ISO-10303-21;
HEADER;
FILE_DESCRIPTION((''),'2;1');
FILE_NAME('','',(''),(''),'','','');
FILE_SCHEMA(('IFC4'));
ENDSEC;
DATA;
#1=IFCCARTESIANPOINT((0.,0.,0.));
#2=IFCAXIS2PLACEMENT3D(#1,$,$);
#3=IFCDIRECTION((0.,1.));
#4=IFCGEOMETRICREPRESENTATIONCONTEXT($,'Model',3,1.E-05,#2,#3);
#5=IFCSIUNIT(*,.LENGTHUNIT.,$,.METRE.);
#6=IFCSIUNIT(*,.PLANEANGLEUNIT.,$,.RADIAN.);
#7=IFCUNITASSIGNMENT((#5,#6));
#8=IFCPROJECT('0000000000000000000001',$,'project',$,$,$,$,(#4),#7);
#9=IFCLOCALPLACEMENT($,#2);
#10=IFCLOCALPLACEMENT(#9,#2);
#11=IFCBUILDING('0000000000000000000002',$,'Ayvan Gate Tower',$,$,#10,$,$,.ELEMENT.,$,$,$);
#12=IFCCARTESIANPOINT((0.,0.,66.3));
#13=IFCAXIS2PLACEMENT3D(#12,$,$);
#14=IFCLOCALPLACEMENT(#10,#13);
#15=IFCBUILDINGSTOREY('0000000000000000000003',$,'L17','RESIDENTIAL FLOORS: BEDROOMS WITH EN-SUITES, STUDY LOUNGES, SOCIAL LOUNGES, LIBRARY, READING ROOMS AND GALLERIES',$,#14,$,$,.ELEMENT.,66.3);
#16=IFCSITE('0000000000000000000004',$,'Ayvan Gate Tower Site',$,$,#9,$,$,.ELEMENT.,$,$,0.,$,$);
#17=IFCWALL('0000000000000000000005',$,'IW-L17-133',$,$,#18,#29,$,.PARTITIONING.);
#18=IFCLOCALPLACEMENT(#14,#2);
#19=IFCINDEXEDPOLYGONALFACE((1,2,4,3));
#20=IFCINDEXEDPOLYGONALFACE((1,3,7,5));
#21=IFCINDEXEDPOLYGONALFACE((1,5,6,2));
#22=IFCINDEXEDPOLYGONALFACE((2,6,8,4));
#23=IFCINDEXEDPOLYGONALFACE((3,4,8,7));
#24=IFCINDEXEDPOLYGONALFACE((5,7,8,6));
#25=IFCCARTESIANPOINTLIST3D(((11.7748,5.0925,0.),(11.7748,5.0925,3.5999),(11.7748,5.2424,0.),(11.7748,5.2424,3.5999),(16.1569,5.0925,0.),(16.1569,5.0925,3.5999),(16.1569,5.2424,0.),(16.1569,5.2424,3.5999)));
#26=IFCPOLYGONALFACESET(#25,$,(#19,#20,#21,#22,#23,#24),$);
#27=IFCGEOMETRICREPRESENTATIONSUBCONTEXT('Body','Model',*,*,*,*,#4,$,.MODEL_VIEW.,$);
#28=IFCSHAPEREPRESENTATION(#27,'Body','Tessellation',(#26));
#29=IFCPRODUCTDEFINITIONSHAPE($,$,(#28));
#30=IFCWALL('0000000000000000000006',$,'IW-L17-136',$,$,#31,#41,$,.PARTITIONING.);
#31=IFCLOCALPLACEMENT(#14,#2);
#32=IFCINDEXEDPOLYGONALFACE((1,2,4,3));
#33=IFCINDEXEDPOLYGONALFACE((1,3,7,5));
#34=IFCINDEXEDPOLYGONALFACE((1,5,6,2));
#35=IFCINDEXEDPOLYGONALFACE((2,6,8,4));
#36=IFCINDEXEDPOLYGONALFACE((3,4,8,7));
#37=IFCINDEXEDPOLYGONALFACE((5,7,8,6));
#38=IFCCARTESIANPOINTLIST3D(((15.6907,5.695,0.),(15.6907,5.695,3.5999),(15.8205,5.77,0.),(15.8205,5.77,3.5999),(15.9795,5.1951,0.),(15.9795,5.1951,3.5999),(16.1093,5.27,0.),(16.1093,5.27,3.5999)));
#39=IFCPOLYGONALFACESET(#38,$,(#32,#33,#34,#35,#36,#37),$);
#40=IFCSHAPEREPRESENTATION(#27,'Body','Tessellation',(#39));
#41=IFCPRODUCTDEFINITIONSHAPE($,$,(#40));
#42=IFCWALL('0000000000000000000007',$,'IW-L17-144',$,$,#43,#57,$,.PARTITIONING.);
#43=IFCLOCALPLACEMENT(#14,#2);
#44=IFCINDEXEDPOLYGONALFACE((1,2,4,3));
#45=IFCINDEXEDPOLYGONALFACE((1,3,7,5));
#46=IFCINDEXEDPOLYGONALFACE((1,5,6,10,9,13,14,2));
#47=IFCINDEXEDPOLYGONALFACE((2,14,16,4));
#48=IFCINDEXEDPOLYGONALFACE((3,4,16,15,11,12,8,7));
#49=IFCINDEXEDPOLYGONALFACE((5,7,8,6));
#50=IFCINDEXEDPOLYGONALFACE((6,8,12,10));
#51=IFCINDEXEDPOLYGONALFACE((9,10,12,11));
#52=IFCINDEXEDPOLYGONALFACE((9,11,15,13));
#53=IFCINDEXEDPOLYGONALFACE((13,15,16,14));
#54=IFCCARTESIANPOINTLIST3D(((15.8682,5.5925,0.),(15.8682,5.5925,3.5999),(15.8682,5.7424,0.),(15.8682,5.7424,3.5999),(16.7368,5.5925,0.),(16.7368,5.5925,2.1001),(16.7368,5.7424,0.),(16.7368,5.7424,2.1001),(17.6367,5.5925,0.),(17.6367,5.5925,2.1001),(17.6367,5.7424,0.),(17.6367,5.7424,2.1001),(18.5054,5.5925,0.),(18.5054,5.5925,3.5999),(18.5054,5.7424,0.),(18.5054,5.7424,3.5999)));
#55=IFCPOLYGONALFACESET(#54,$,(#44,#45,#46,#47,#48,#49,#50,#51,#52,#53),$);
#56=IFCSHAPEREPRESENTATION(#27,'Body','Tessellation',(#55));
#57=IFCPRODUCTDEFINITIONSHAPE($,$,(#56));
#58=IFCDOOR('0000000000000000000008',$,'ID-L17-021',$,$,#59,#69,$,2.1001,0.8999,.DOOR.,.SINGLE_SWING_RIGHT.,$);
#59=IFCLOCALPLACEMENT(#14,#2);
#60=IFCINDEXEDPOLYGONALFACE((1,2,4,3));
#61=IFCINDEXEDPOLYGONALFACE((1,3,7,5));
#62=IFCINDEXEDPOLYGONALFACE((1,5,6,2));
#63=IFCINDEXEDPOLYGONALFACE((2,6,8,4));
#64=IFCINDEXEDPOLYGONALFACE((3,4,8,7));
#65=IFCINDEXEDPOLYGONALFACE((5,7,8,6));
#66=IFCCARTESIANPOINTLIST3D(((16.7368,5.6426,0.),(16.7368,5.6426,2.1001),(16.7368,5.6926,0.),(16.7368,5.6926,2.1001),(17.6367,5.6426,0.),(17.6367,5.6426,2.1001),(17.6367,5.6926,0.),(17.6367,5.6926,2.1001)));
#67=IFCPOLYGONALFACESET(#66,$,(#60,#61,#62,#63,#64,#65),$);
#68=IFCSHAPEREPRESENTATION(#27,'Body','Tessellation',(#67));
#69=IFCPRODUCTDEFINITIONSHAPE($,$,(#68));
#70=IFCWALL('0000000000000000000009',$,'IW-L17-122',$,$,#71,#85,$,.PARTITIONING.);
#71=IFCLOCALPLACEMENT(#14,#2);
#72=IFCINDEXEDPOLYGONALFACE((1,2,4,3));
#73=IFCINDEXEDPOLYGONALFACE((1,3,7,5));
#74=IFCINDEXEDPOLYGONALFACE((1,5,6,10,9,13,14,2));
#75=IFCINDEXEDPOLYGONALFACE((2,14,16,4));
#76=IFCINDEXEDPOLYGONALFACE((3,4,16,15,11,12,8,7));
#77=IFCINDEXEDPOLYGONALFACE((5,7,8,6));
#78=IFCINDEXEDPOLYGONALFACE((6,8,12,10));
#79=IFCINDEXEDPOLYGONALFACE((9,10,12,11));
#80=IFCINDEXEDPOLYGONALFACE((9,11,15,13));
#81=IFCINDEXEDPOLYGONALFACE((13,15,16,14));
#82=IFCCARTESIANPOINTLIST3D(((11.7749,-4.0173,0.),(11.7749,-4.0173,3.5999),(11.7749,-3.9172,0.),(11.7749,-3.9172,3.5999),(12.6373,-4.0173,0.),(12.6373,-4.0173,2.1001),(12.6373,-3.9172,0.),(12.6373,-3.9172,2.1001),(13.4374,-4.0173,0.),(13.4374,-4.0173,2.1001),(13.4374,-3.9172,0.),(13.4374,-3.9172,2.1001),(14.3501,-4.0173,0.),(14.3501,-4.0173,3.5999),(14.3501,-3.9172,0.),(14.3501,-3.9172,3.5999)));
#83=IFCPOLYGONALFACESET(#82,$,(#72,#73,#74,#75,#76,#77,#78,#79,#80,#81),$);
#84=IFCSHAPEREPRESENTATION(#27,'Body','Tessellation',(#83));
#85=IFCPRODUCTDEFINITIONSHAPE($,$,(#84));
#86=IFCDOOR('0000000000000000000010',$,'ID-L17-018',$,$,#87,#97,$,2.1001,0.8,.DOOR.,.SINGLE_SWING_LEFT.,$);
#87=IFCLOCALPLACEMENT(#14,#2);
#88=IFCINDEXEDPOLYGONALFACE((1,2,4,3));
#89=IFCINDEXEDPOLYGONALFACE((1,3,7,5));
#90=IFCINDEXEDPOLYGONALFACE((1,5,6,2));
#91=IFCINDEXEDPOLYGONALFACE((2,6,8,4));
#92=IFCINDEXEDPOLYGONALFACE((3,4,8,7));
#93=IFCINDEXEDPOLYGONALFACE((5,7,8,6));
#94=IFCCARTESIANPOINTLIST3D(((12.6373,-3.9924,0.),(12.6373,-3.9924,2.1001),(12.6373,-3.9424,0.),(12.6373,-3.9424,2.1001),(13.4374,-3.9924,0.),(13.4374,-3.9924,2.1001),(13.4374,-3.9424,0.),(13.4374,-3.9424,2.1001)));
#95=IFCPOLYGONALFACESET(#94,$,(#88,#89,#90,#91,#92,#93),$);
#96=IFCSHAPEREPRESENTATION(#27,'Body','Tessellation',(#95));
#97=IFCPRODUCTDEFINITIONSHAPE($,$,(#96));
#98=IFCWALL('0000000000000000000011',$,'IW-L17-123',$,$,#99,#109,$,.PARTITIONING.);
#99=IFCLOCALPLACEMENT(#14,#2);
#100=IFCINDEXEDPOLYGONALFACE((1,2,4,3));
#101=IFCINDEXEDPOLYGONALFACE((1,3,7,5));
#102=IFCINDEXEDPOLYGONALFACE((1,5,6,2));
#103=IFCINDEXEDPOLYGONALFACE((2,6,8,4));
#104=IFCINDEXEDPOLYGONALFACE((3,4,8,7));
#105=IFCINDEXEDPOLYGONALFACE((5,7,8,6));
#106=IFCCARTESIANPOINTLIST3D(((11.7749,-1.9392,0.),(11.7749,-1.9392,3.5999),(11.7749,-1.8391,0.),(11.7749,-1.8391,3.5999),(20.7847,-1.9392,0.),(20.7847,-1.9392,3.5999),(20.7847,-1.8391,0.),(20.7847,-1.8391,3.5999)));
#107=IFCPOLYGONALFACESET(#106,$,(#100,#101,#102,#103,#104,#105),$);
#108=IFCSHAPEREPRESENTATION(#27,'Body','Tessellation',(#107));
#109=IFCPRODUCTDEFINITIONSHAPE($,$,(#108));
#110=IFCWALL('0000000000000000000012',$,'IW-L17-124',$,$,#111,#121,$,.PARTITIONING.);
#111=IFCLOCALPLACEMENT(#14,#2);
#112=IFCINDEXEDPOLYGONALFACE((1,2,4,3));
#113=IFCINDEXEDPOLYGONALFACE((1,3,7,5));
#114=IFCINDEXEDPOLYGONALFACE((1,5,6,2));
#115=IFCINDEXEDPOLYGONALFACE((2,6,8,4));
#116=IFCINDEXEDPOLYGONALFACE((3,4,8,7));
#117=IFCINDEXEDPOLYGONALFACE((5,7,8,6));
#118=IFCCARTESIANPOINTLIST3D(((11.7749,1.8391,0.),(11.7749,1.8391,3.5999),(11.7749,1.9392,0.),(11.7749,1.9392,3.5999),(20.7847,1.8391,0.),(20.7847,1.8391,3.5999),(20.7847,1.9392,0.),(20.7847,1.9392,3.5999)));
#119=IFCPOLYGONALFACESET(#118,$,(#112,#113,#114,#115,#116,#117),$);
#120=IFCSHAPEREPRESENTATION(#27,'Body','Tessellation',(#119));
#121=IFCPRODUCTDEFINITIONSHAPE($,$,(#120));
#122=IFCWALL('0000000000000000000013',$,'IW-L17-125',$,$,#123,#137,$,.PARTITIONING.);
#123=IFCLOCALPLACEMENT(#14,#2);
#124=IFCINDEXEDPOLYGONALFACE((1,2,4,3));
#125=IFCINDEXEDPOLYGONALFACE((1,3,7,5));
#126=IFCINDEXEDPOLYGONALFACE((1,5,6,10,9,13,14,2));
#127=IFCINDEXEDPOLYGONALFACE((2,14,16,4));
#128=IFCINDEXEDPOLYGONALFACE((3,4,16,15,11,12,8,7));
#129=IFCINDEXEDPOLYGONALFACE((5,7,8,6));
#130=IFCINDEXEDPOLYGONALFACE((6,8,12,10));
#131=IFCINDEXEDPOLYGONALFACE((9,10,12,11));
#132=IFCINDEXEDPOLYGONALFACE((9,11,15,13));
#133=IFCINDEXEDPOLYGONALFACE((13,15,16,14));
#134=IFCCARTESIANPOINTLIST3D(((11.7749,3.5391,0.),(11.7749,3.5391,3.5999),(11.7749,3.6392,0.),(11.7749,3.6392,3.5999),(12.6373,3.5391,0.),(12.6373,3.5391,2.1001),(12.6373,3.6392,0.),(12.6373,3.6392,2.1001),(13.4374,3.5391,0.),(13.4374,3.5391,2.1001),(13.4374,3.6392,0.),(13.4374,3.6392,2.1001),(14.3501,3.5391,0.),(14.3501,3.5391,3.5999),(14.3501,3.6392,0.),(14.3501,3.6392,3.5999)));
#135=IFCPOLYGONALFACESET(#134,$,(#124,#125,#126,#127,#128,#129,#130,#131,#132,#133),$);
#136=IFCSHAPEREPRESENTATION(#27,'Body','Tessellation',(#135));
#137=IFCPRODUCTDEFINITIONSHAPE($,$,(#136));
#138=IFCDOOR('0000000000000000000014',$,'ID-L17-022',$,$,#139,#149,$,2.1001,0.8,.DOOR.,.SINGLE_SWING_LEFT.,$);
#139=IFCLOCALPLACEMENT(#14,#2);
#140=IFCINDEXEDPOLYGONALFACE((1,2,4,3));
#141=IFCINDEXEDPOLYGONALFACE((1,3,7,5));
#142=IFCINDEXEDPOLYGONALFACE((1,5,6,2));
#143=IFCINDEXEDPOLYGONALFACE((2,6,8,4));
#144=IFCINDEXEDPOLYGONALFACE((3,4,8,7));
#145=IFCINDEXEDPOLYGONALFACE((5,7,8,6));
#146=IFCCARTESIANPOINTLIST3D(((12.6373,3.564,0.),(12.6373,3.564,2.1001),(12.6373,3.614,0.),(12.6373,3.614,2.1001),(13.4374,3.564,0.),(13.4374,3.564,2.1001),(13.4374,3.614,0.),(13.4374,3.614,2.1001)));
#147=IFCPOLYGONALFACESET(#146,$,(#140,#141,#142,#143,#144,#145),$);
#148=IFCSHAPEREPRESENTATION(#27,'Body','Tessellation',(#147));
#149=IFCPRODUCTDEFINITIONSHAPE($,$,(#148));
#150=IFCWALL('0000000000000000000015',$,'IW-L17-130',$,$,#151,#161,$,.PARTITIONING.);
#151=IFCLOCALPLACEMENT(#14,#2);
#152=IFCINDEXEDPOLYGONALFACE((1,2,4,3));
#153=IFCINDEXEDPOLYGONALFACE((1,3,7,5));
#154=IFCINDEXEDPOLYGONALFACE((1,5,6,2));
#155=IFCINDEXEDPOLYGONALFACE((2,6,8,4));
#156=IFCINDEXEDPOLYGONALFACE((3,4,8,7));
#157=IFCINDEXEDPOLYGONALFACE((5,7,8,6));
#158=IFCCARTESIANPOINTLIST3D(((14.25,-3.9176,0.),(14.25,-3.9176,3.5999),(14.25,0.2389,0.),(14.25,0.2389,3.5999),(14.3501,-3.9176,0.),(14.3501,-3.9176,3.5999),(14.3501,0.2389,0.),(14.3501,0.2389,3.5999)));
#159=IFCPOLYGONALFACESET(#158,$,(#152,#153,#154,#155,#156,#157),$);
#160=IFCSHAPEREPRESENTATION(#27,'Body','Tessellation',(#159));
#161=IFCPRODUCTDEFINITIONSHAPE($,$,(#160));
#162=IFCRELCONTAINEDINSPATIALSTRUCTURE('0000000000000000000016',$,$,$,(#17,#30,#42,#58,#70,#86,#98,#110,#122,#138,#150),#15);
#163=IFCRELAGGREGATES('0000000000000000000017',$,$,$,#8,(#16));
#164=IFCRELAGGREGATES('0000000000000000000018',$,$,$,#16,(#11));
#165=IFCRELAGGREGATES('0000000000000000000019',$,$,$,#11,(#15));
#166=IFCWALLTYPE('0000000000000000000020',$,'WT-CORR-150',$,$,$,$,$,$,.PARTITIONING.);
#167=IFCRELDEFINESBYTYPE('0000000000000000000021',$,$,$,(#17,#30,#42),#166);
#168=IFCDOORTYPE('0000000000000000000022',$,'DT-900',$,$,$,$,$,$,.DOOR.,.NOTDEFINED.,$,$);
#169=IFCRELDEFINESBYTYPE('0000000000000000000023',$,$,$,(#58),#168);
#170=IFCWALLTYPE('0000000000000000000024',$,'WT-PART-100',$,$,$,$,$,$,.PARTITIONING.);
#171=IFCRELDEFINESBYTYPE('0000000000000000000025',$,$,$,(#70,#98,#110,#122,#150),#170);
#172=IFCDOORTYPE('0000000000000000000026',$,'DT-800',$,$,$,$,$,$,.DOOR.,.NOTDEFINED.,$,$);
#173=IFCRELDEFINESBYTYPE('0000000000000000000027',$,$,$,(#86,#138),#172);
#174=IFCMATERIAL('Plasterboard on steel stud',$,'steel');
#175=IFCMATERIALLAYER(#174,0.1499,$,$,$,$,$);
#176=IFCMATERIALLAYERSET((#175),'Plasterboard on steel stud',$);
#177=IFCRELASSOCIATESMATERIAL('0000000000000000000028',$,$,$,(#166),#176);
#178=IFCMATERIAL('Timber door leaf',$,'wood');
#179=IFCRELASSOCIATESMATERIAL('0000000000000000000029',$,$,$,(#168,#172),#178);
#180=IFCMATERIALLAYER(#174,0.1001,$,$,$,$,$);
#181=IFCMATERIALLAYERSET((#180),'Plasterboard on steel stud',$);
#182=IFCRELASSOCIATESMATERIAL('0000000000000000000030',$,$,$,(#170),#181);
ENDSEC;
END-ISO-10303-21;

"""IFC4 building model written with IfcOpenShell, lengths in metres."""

from ifc_helpers import new_model, si_unit, direction, frame, frame_2d, origin, place, context, subcontext, project, spatial, rectangle, extrude, material, layer, layer_set, type_object, element, fill, save


model = new_model("IFC4")

# Units and contexts
model_context = context("Model", 3, precision=1e-05, world=origin(), true_north=direction((0.0, 1.0)))
body_context = subcontext(model_context, "Body", "Model", "MODEL_VIEW")
ifc_project = project(units=[si_unit("LENGTHUNIT", "METRE"), si_unit("PLANEANGLEUNIT", "RADIAN")], contexts=[model_context])

# Site, building, storey
site_placement = place(None, origin())
site = spatial("IfcSite", under=ifc_project, at=site_placement, Name="Ayvan Gate Tower Site", CompositionType="ELEMENT", RefElevation=0.0)
building_placement = place(site_placement, origin())
building = spatial("IfcBuilding", under=site, at=building_placement, Name="Ayvan Gate Tower", CompositionType="ELEMENT")
storey_placement = place(building_placement, frame((0.0, 0.0, 66.3)))
storey = spatial("IfcBuildingStorey", under=building, at=storey_placement, Name="L17", Description="RESIDENTIAL FLOORS: BEDROOMS WITH EN-SUITES, STUDY LOUNGES, SOCIAL LOUNGES, LIBRARY, READING ROOMS AND GALLERIES", CompositionType="ELEMENT", Elevation=66.3)

# Walls
ifc_material_1 = material(Name="Plasterboard on steel stud", Category="steel")
ifc_layer_1 = layer(ifc_material_1, 0.1499)
ifc_layer_set_1 = layer_set([ifc_layer_1], Name="Plasterboard on steel stud")
wall_type_1 = type_object("IfcWallType", Name="WT-CORR-150", PredefinedType="PARTITIONING", material=ifc_layer_set_1)
wall_1_placement = place(storey_placement, frame((11.7749, 5.1675, 0.0), z_axis=(0.0, 0.0, 1.0), x_axis=(1.0, 0.0, 0.0)))
element("IfcWall", 1, at=wall_1_placement, inside=storey, type_object=wall_type_1, Name="IW-L17-133", PredefinedType="PARTITIONING", context=body_context, shape_type="SweptSolid", body=[
    extrude(rectangle(XDim=4.3821, YDim=0.1499, at=frame_2d((2.1909, 0.0))), origin(), (0.0, 0.0, 1.0), 3.5999),
])
wall_2_placement = place(storey_placement, frame((15.7556, 5.7324, 0.0), z_axis=(0.0, 0.0, 1.0), x_axis=(0.500186, -0.865918, 0.0)))
element("IfcWall", 2, at=wall_2_placement, inside=storey, type_object=wall_type_1, Name="IW-L17-136", PredefinedType="PARTITIONING", context=body_context, shape_type="SweptSolid", body=[
    extrude(rectangle(XDim=0.5774, YDim=0.1499, at=frame_2d((0.2886, 0.0))), origin(), (0.0, 0.0, 1.0), 3.5999),
])

# Walls, openings, doors
wall_3_placement = place(storey_placement, frame((18.5054, 5.6675, 0.0), z_axis=(0.0, 0.0, 1.0), x_axis=(-1.0, 0.0, 0.0)))
wall_3 = element("IfcWall", 3, at=wall_3_placement, inside=storey, type_object=wall_type_1, Name="IW-L17-144", PredefinedType="PARTITIONING", context=body_context, shape_type="SweptSolid", body=[
    extrude(rectangle(XDim=2.6372, YDim=0.1499, at=frame_2d((1.3186, 0.0))), origin(), (0.0, 0.0, 1.0), 3.5999),
])
opening_1_placement = place(wall_3_placement, frame((0.8687, 0.0, 0.0)))
opening_1 = element("IfcOpeningElement", 4, at=opening_1_placement, cuts=wall_3, PredefinedType="OPENING", context=body_context, shape_type="SweptSolid", body=[
    extrude(rectangle(XDim=0.8999, YDim=2.1001, at=frame_2d((0.45, 1.05))), frame((0.0, 0.085, 0.0), z_axis=(0.0, -1.0, 0.0), x_axis=(1.0, 0.0, 0.0)), (0.0, 0.0, 1.0), 0.1699),
])
ifc_material_2 = material(Name="Timber door leaf", Category="wood")
door_type_1 = type_object("IfcDoorType", Name="DT-900", OperationType="NOTDEFINED", PredefinedType="DOOR", material=ifc_material_2)
door_1_placement = place(opening_1_placement, origin())
door_1 = element("IfcDoor", 5, at=door_1_placement, inside=storey, type_object=door_type_1, Name="ID-L17-021", OperationType="SINGLE_SWING_RIGHT", OverallHeight=2.1001, OverallWidth=0.8999, PredefinedType="DOOR", context=body_context, shape_type="SweptSolid", body=[
    extrude(rectangle(XDim=0.8999, YDim=2.1001, at=frame_2d((0.45, 1.05))), frame((0.0, 0.0249, 0.0), z_axis=(0.0, -1.0, 0.0), x_axis=(1.0, 0.0, 0.0)), (0.0, 0.0, 1.0), 0.05),
])
fill(opening_1, door_1)
ifc_layer_2 = layer(ifc_material_1, 0.1001)
ifc_layer_set_2 = layer_set([ifc_layer_2], Name="Plasterboard on steel stud")
wall_type_2 = type_object("IfcWallType", Name="WT-PART-100", PredefinedType="PARTITIONING", material=ifc_layer_set_2)
wall_4_placement = place(storey_placement, frame((11.7749, -3.9673, 0.0), z_axis=(0.0, 0.0, 1.0), x_axis=(1.0, 0.0, 0.0)))
wall_4 = element("IfcWall", 6, at=wall_4_placement, inside=storey, type_object=wall_type_2, Name="IW-L17-122", PredefinedType="PARTITIONING", context=body_context, shape_type="SweptSolid", body=[
    extrude(rectangle(XDim=2.5752, YDim=0.1001, at=frame_2d((1.2876, 0.0))), origin(), (0.0, 0.0, 1.0), 3.5999),
])
opening_2_placement = place(wall_4_placement, frame((0.8625, 0.0, 0.0)))
opening_2 = element("IfcOpeningElement", 7, at=opening_2_placement, cuts=wall_4, PredefinedType="OPENING", context=body_context, shape_type="SweptSolid", body=[
    extrude(rectangle(XDim=0.8, YDim=2.1001, at=frame_2d((0.3999, 1.05))), frame((0.0, 0.0601, 0.0), z_axis=(0.0, -1.0, 0.0), x_axis=(1.0, 0.0, 0.0)), (0.0, 0.0, 1.0), 0.1201),
])
door_type_2 = type_object("IfcDoorType", Name="DT-800", OperationType="NOTDEFINED", PredefinedType="DOOR", material=ifc_material_2)
door_2_placement = place(opening_2_placement, origin())
door_2 = element("IfcDoor", 8, at=door_2_placement, inside=storey, type_object=door_type_2, Name="ID-L17-018", OperationType="SINGLE_SWING_LEFT", OverallHeight=2.1001, OverallWidth=0.8, PredefinedType="DOOR", context=body_context, shape_type="SweptSolid", body=[
    extrude(rectangle(XDim=0.8, YDim=2.1001, at=frame_2d((0.3999, 1.05))), frame((0.0, 0.0249, 0.0), z_axis=(0.0, -1.0, 0.0), x_axis=(1.0, 0.0, 0.0)), (0.0, 0.0, 1.0), 0.05),
])
fill(opening_2, door_2)

# Walls
for number, where, z_axis, x_axis, name in (
    (9, (11.7749, -1.8892, 0.0), (0.0, 0.0, 1.0), (1.0, 0.0, 0.0), "IW-L17-123"),
    (10, (11.7749, 1.8892, 0.0), (0.0, 0.0, 1.0), (1.0, 0.0, 0.0), "IW-L17-124"),
):
    element("IfcWall", number, at=place(storey_placement, frame(where, z_axis=z_axis, x_axis=x_axis)), inside=storey, type_object=wall_type_2, Name=name, PredefinedType="PARTITIONING", context=body_context, shape_type="SweptSolid", body=[
        extrude(rectangle(XDim=9.0098, YDim=0.1001, at=frame_2d((4.5049, 0.0))), origin(), (0.0, 0.0, 1.0), 3.5999),
    ])

# Wall, opening, door
wall_5_placement = place(storey_placement, frame((11.7749, 3.5891, 0.0), z_axis=(0.0, 0.0, 1.0), x_axis=(1.0, 0.0, 0.0)))
wall_5 = element("IfcWall", 11, at=wall_5_placement, inside=storey, type_object=wall_type_2, Name="IW-L17-125", PredefinedType="PARTITIONING", context=body_context, shape_type="SweptSolid", body=[
    extrude(rectangle(XDim=2.5752, YDim=0.1001, at=frame_2d((1.2876, 0.0))), origin(), (0.0, 0.0, 1.0), 3.5999),
])
opening_3_placement = place(wall_5_placement, frame((0.8625, 0.0, 0.0)))
opening_3 = element("IfcOpeningElement", 12, at=opening_3_placement, cuts=wall_5, PredefinedType="OPENING", context=body_context, shape_type="SweptSolid", body=[
    extrude(rectangle(XDim=0.8, YDim=2.1001, at=frame_2d((0.3999, 1.05))), frame((0.0, 0.0601, 0.0), z_axis=(0.0, -1.0, 0.0), x_axis=(1.0, 0.0, 0.0)), (0.0, 0.0, 1.0), 0.1201),
])
door_3_placement = place(opening_3_placement, origin())
door_3 = element("IfcDoor", 13, at=door_3_placement, inside=storey, type_object=door_type_2, Name="ID-L17-022", OperationType="SINGLE_SWING_LEFT", OverallHeight=2.1001, OverallWidth=0.8, PredefinedType="DOOR", context=body_context, shape_type="SweptSolid", body=[
    extrude(rectangle(XDim=0.8, YDim=2.1001, at=frame_2d((0.3999, 1.05))), frame((0.0, 0.0249, 0.0), z_axis=(0.0, -1.0, 0.0), x_axis=(1.0, 0.0, 0.0)), (0.0, 0.0, 1.0), 0.05),
])
fill(opening_3, door_3)

# Wall
wall_6_placement = place(storey_placement, frame((14.3, -3.9175, 0.0), z_axis=(0.0, 0.0, 1.0), x_axis=(0.0, 1.0, 0.0)))
element("IfcWall", 14, at=wall_6_placement, inside=storey, type_object=wall_type_2, Name="IW-L17-130", PredefinedType="PARTITIONING", context=body_context, shape_type="SweptSolid", body=[
    extrude(rectangle(XDim=4.1565, YDim=0.1001, at=frame_2d((2.0781, 0.0))), origin(), (0.0, 0.0, 1.0), 3.5999),
])

save(model, "model.ifc")
